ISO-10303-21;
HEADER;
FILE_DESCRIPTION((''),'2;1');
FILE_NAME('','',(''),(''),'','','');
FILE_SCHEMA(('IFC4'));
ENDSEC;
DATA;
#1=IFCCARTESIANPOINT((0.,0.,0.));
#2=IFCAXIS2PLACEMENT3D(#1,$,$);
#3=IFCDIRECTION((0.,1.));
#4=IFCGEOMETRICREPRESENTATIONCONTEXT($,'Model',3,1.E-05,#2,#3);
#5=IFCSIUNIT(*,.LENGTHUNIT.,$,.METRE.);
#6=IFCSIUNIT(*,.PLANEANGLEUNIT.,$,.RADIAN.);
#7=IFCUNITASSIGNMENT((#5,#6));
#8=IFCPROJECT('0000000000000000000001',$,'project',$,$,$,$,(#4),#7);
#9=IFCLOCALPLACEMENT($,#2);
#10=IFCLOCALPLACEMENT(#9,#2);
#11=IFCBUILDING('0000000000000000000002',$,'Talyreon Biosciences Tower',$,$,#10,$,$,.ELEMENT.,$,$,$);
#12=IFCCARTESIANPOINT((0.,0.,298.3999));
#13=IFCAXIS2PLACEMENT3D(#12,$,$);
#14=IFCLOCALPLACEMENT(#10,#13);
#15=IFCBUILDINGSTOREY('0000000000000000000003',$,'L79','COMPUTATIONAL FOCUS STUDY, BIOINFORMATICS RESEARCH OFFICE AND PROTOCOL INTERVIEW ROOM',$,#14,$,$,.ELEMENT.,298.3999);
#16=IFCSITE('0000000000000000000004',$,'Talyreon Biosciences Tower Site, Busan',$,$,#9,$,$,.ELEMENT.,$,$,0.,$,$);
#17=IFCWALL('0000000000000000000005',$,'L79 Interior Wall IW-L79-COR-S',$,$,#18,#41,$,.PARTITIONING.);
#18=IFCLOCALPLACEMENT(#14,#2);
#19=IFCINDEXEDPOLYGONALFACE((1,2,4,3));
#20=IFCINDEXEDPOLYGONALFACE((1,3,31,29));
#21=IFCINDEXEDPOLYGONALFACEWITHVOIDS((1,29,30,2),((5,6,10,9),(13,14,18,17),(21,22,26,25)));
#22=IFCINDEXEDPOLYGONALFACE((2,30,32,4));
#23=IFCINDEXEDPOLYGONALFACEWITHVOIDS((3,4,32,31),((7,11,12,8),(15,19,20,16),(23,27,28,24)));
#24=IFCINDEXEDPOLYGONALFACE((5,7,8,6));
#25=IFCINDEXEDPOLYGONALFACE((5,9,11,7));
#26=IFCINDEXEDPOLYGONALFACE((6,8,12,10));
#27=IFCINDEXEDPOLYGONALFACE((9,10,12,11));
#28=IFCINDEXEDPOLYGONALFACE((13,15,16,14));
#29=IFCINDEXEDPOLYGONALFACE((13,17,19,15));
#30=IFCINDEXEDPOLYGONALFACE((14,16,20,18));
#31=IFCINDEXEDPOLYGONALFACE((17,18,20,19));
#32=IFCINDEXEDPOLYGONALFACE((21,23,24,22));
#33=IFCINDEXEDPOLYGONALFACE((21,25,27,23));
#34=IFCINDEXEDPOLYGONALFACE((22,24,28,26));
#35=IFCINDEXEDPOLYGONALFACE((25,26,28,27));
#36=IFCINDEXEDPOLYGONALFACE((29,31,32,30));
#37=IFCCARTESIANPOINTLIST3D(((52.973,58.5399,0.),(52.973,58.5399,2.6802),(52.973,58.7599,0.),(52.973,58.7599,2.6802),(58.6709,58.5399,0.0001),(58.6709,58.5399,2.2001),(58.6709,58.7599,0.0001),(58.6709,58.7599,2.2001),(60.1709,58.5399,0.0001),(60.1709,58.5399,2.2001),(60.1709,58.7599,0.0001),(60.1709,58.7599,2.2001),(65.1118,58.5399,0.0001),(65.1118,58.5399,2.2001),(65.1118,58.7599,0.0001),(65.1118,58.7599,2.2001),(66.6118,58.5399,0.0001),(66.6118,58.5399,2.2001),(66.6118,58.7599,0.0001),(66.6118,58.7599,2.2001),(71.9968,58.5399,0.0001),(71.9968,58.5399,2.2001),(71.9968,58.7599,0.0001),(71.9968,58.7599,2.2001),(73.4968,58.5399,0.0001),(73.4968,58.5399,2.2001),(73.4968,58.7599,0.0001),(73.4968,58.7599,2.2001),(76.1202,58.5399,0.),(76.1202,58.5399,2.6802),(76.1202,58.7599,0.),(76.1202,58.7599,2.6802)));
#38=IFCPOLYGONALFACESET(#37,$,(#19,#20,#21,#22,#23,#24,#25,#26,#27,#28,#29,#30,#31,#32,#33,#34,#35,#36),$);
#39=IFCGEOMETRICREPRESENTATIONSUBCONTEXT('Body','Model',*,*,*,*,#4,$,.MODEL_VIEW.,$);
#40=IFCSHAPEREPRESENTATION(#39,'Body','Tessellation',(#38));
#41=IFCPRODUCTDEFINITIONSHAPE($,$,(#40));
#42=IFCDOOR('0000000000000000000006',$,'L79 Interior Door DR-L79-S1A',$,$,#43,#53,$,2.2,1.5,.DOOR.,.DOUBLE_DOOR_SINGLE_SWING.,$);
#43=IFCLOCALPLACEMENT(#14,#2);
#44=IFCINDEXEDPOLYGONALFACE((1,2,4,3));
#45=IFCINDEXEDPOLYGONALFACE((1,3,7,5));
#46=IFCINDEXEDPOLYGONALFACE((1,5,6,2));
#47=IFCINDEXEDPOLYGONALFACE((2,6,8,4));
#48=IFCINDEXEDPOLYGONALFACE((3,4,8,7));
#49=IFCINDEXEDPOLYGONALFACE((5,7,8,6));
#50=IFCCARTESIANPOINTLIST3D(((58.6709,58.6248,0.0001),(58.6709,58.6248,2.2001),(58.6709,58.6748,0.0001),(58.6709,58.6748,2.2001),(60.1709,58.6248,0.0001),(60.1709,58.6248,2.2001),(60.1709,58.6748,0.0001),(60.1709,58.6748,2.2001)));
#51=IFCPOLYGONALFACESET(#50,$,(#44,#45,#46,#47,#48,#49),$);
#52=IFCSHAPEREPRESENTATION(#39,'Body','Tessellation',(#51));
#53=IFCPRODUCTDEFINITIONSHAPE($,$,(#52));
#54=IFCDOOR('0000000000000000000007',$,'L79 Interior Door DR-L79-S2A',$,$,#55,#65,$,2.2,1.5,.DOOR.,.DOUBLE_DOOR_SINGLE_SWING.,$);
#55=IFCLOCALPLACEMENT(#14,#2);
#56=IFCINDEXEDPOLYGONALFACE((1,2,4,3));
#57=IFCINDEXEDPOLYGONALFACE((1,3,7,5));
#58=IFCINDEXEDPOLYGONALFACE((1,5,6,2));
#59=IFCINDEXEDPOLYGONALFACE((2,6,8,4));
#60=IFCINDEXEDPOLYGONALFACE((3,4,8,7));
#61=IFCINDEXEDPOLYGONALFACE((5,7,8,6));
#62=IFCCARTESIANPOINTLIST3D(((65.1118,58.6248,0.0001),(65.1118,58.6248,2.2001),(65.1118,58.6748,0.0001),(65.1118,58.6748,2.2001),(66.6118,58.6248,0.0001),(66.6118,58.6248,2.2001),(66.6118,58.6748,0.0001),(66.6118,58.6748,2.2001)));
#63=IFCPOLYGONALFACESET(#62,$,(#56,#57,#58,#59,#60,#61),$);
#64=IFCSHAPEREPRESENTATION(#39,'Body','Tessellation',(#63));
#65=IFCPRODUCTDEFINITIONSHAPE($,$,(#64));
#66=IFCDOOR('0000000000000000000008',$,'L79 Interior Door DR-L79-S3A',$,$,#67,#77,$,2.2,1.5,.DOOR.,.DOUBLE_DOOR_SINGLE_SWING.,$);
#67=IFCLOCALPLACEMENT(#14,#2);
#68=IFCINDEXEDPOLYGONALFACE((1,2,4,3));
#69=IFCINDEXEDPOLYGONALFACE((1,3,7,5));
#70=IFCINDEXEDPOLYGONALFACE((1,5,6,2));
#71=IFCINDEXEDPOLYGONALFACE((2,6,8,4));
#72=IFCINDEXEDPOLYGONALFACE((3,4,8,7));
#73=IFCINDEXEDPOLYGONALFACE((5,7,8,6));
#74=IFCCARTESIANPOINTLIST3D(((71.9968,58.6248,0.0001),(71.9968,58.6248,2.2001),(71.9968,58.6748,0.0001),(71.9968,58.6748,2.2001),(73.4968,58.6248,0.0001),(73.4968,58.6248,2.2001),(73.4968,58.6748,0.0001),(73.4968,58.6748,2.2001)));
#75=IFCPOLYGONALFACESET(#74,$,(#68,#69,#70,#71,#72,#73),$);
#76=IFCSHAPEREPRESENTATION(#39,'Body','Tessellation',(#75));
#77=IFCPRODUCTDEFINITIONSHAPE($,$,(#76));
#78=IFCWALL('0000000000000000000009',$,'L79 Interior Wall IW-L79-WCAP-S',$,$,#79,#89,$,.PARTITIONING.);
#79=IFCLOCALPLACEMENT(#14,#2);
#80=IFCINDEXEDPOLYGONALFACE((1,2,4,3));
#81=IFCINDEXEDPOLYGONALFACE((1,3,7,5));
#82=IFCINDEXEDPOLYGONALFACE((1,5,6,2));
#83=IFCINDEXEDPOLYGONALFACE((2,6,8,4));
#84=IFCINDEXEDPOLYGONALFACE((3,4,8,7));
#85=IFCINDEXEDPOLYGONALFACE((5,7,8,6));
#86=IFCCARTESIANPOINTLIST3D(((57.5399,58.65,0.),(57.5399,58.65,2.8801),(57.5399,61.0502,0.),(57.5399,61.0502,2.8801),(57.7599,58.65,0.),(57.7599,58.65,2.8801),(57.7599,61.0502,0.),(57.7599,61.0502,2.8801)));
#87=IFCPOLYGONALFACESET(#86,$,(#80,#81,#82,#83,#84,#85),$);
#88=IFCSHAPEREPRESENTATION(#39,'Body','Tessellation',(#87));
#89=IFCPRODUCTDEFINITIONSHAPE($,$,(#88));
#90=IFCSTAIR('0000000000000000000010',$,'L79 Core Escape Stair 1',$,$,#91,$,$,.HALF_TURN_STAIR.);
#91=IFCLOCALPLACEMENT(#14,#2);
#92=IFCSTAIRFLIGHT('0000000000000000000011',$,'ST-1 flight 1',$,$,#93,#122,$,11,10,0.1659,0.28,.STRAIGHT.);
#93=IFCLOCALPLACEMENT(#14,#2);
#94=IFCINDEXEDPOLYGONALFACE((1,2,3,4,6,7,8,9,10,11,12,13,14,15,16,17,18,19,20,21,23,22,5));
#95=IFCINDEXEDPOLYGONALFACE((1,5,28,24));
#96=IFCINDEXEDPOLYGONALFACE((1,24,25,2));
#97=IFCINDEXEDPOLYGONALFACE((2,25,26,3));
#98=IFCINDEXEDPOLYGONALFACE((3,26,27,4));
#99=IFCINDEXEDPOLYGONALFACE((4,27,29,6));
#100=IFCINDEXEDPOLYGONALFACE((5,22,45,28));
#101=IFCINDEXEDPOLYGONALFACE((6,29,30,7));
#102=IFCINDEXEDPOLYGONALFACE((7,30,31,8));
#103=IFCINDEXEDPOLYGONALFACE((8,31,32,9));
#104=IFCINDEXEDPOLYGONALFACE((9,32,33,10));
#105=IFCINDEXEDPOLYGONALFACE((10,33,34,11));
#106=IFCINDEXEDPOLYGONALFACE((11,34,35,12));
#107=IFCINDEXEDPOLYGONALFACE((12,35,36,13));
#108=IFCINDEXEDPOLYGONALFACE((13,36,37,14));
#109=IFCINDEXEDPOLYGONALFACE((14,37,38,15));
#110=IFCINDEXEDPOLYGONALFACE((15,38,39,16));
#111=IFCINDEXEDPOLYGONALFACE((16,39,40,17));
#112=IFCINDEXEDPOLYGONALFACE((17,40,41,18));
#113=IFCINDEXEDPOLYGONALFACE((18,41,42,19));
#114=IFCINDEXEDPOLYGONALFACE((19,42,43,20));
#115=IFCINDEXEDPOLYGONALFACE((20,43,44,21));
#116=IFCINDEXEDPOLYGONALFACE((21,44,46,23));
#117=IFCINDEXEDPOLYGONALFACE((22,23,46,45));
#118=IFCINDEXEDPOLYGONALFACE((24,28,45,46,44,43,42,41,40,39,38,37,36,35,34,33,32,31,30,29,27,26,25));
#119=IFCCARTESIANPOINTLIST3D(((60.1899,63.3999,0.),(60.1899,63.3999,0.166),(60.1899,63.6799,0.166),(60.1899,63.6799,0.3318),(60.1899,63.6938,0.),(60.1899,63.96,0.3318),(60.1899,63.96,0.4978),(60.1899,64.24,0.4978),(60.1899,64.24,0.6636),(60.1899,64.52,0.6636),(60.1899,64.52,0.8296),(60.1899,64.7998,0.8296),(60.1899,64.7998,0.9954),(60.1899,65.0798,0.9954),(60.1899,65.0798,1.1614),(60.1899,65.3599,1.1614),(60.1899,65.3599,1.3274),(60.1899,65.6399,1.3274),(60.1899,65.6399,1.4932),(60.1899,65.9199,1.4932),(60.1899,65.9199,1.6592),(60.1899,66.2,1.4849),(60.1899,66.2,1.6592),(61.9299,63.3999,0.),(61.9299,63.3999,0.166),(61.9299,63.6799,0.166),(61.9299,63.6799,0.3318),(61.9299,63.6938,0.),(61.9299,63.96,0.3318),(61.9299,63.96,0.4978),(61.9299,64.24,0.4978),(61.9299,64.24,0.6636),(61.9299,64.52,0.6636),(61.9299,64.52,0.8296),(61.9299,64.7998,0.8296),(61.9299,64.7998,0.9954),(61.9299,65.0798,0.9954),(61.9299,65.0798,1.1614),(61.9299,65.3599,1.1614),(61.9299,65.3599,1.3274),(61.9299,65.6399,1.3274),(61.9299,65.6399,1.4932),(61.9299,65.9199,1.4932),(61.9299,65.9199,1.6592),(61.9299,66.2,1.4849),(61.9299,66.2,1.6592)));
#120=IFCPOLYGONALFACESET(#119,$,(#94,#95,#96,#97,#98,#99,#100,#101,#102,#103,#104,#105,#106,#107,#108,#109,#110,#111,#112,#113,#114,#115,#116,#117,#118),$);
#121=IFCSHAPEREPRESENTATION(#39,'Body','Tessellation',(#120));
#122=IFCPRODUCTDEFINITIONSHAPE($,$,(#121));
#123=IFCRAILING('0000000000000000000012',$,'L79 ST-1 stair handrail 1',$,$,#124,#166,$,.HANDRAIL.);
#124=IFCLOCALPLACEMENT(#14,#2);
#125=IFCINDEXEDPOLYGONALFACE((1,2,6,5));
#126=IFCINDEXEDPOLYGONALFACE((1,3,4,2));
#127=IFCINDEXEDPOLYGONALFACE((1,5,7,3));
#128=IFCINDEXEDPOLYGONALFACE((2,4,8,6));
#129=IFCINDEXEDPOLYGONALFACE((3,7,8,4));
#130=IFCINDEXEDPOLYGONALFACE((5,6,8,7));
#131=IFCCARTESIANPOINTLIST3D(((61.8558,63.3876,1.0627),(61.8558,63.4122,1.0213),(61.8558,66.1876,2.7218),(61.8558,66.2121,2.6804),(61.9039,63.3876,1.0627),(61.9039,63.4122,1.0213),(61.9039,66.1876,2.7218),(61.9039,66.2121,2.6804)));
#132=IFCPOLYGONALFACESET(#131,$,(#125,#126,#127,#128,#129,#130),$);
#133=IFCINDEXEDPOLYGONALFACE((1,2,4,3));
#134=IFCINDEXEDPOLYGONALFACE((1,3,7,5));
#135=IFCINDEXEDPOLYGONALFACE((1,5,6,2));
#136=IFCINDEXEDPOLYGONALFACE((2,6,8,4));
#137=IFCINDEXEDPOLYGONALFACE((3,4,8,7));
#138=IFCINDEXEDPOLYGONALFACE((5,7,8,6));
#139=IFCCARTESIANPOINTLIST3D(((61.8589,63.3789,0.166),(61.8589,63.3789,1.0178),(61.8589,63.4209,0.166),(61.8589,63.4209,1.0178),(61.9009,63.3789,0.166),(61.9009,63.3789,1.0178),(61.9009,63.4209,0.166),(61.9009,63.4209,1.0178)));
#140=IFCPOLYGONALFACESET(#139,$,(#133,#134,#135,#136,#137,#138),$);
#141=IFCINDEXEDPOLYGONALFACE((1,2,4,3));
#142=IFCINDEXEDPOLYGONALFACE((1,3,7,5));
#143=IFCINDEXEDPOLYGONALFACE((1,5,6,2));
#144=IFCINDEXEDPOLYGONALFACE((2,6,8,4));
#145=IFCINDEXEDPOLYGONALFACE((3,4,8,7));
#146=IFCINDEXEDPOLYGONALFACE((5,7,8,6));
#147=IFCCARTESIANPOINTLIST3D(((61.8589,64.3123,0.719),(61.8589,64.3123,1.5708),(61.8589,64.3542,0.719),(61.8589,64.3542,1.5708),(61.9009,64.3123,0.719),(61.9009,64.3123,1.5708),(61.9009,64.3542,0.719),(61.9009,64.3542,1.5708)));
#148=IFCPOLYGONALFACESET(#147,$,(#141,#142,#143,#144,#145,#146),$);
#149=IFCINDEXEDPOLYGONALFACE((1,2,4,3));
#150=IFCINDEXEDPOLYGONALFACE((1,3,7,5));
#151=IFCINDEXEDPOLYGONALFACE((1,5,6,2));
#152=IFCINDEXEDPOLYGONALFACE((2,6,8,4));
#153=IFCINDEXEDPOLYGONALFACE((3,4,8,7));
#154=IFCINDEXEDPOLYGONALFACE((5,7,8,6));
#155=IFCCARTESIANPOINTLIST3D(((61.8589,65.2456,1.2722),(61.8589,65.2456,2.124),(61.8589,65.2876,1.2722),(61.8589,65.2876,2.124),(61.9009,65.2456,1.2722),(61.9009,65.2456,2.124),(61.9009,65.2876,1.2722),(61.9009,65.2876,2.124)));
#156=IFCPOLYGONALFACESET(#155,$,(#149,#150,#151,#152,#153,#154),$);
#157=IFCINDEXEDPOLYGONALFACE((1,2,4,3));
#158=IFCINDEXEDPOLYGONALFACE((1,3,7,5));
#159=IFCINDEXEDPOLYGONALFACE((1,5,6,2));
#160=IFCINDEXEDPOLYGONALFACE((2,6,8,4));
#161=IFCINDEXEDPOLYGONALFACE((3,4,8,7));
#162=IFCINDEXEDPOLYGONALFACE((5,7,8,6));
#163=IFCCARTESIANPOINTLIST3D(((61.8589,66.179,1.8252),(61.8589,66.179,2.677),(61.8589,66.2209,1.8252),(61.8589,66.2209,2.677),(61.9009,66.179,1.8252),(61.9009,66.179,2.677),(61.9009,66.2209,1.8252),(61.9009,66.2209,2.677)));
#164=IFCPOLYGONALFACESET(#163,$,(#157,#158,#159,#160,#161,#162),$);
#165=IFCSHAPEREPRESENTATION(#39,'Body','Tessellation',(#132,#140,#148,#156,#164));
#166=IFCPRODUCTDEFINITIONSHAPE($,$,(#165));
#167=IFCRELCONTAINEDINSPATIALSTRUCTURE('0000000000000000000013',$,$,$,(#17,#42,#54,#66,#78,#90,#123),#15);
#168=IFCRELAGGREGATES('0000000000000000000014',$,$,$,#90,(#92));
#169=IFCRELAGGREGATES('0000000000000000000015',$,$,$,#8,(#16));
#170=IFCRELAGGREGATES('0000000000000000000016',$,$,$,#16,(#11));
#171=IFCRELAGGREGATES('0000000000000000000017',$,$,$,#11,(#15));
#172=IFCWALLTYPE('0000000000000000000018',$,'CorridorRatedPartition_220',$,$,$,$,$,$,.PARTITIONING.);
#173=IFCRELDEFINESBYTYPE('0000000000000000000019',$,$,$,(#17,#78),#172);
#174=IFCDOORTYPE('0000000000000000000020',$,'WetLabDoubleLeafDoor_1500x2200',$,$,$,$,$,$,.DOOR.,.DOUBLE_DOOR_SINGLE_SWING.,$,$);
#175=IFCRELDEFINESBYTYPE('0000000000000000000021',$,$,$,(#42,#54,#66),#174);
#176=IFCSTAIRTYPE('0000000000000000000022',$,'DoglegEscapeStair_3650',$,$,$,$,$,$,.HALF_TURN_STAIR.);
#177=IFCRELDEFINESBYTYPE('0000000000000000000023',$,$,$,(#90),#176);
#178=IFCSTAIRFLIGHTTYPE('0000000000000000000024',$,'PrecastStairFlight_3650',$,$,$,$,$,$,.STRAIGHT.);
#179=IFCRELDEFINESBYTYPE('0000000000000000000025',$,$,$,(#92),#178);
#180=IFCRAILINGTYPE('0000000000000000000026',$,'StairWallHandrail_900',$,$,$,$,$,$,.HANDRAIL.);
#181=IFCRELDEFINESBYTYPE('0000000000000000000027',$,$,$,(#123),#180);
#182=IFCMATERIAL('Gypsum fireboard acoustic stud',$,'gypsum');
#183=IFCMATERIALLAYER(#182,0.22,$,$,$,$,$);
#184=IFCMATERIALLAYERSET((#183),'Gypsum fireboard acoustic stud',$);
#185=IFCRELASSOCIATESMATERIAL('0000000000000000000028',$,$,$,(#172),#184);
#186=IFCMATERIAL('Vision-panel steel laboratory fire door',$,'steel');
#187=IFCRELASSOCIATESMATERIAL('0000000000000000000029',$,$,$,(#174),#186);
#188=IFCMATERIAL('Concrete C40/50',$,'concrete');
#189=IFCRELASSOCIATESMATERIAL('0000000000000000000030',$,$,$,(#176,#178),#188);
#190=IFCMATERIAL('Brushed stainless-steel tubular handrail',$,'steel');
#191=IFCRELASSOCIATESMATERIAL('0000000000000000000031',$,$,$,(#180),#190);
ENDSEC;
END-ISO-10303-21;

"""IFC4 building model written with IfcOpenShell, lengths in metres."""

from ifc_helpers import new_model, si_unit, direction, frame, frame_2d, origin, origin_2d, place, context, subcontext, project, spatial, polyline, rectangle, outline, extrude, material, layer, layer_set, type_object, element, fill, aggregate, save


model = new_model("IFC4")

# Units and contexts
model_context = context("Model", 3, precision=1e-05, world=origin(), true_north=direction((0.0, 1.0)))
body_context = subcontext(model_context, "Body", "Model", "MODEL_VIEW")
ifc_project = project(units=[si_unit("LENGTHUNIT", "METRE"), si_unit("PLANEANGLEUNIT", "RADIAN")], contexts=[model_context])

# Site, building, storey
site_placement = place(None, origin())
site = spatial("IfcSite", under=ifc_project, at=site_placement, Name="Talyreon Biosciences Tower Site, Busan", CompositionType="ELEMENT", RefElevation=0.0)
building_placement = place(site_placement, origin())
building = spatial("IfcBuilding", under=site, at=building_placement, Name="Talyreon Biosciences Tower", CompositionType="ELEMENT")
storey_placement = place(building_placement, frame((0.0, 0.0, 298.3999)))
storey = spatial("IfcBuildingStorey", under=building, at=storey_placement, Name="L79", Description="COMPUTATIONAL FOCUS STUDY, BIOINFORMATICS RESEARCH OFFICE AND PROTOCOL INTERVIEW ROOM", CompositionType="ELEMENT", Elevation=298.3999)

# Wall, openings, doors
ifc_material_1 = material(Name="Gypsum fireboard acoustic stud", Category="gypsum")
ifc_layer_1 = layer(ifc_material_1, 0.22)
ifc_layer_set_1 = layer_set([ifc_layer_1], Name="Gypsum fireboard acoustic stud")
wall_type_1 = type_object("IfcWallType", Name="CorridorRatedPartition_220", PredefinedType="PARTITIONING", material=ifc_layer_set_1)
wall_1_placement = place(storey_placement, frame((52.9729, 58.6499, 0.0), z_axis=(0.0, 0.0, 1.0), x_axis=(1.0, 0.0, 0.0)))
wall_1 = element("IfcWall", 1, at=wall_1_placement, inside=storey, type_object=wall_type_1, Name="L79 Interior Wall IW-L79-COR-S", PredefinedType="PARTITIONING", context=body_context, shape_type="SweptSolid", body=[
    extrude(rectangle(XDim=23.1472, YDim=0.22, at=frame_2d((11.5737, 0.0))), origin(), (0.0, 0.0, 1.0), 2.6802),
])
opening_1_placement = place(wall_1_placement, frame((5.698, 0.0, 0.0)))
opening_1 = element("IfcOpeningElement", 2, at=opening_1_placement, cuts=wall_1, PredefinedType="OPENING", context=body_context, shape_type="SweptSolid", body=[
    extrude(rectangle(XDim=1.5, YDim=2.2, at=frame_2d((0.75, 1.1001))), frame((0.0, 0.1199, 0.0), z_axis=(0.0, -1.0, 0.0), x_axis=(1.0, 0.0, 0.0)), (0.0, 0.0, 1.0), 0.24),
])
opening_2_placement = place(wall_1_placement, frame((12.1389, 0.0, 0.0)))
opening_2 = element("IfcOpeningElement", 3, at=opening_2_placement, cuts=wall_1, PredefinedType="OPENING", context=body_context, shape_type="SweptSolid", body=[
    extrude(rectangle(XDim=1.5, YDim=2.2, at=frame_2d((0.75, 1.1001))), frame((0.0, 0.1199, 0.0), z_axis=(0.0, -1.0, 0.0), x_axis=(1.0, 0.0, 0.0)), (0.0, 0.0, 1.0), 0.24),
])
opening_3_placement = place(wall_1_placement, frame((19.0239, 0.0, 0.0)))
opening_3 = element("IfcOpeningElement", 4, at=opening_3_placement, cuts=wall_1, PredefinedType="OPENING", context=body_context, shape_type="SweptSolid", body=[
    extrude(rectangle(XDim=1.5, YDim=2.2, at=frame_2d((0.75, 1.1001))), frame((0.0, 0.1199, 0.0), z_axis=(0.0, -1.0, 0.0), x_axis=(1.0, 0.0, 0.0)), (0.0, 0.0, 1.0), 0.24),
])
ifc_material_2 = material(Name="Vision-panel steel laboratory fire door", Category="steel")
door_type_1 = type_object("IfcDoorType", Name="WetLabDoubleLeafDoor_1500x2200", OperationType="DOUBLE_DOOR_SINGLE_SWING", PredefinedType="DOOR", material=ifc_material_2)
door_1_placement = place(opening_1_placement, origin())
door_1 = element("IfcDoor", 5, at=door_1_placement, inside=storey, type_object=door_type_1, Name="L79 Interior Door DR-L79-S1A", OperationType="DOUBLE_DOOR_SINGLE_SWING", OverallHeight=2.2, OverallWidth=1.5, PredefinedType="DOOR", context=body_context, shape_type="SweptSolid", body=[
    extrude(rectangle(XDim=1.5, YDim=2.2, at=frame_2d((0.75, 1.1001))), frame((0.0, 0.0249, 0.0), z_axis=(0.0, -1.0, 0.0), x_axis=(1.0, 0.0, 0.0)), (0.0, 0.0, 1.0), 0.05),
])
fill(opening_1, door_1)
door_2_placement = place(opening_2_placement, origin())
door_2 = element("IfcDoor", 6, at=door_2_placement, inside=storey, type_object=door_type_1, Name="L79 Interior Door DR-L79-S2A", OperationType="DOUBLE_DOOR_SINGLE_SWING", OverallHeight=2.2, OverallWidth=1.5, PredefinedType="DOOR", context=body_context, shape_type="SweptSolid", body=[
    extrude(rectangle(XDim=1.5, YDim=2.2, at=frame_2d((0.75, 1.1001))), frame((0.0, 0.0249, 0.0), z_axis=(0.0, -1.0, 0.0), x_axis=(1.0, 0.0, 0.0)), (0.0, 0.0, 1.0), 0.05),
])
fill(opening_2, door_2)
door_3_placement = place(opening_3_placement, origin())
door_3 = element("IfcDoor", 7, at=door_3_placement, inside=storey, type_object=door_type_1, Name="L79 Interior Door DR-L79-S3A", OperationType="DOUBLE_DOOR_SINGLE_SWING", OverallHeight=2.2, OverallWidth=1.5, PredefinedType="DOOR", context=body_context, shape_type="SweptSolid", body=[
    extrude(rectangle(XDim=1.5, YDim=2.2, at=frame_2d((0.75, 1.1001))), frame((0.0, 0.0249, 0.0), z_axis=(0.0, -1.0, 0.0), x_axis=(1.0, 0.0, 0.0)), (0.0, 0.0, 1.0), 0.05),
])
fill(opening_3, door_3)

# Wall
wall_2_placement = place(storey_placement, frame((57.6499, 58.6499, 0.0), z_axis=(0.0, 0.0, 1.0), x_axis=(0.0, 1.0, 0.0)))
element("IfcWall", 8, at=wall_2_placement, inside=storey, type_object=wall_type_1, Name="L79 Interior Wall IW-L79-WCAP-S", PredefinedType="PARTITIONING", context=body_context, shape_type="SweptSolid", body=[
    extrude(rectangle(XDim=2.4001, YDim=0.22, at=frame_2d((1.2002, 0.0))), origin(), (0.0, 0.0, 1.0), 2.8801),
])

# Stair, stair flight
ifc_material_3 = material(Name="Concrete C40/50", Category="concrete")
stair_type = type_object("IfcStairType", Name="DoglegEscapeStair_3650", PredefinedType="HALF_TURN_STAIR", material=ifc_material_3)
stair_placement = place(storey_placement, origin())
stair = element("IfcStair", 9, at=stair_placement, inside=storey, type_object=stair_type, Name="L79 Core Escape Stair 1", PredefinedType="HALF_TURN_STAIR")
stair_flight_type = type_object("IfcStairFlightType", Name="PrecastStairFlight_3650", PredefinedType="STRAIGHT", material=ifc_material_3)
stair_flight_placement = place(storey_placement, frame((61.0601, 63.3999, 0.0), z_axis=(0.0, 0.0, 1.0), x_axis=(0.0, 1.0, 0.0)))
stair_flight = element("IfcStairFlight", 10, at=stair_flight_placement, type_object=stair_flight_type, Name="ST-1 flight 1", NumberOfRisers=11, NumberOfTreads=10, PredefinedType="STRAIGHT", RiserHeight=0.1659, TreadLength=0.28, context=body_context, shape_type="SweptSolid", body=[
    extrude(outline(polyline([(0.0, 0.0), (0.0, 0.166), (0.28, 0.166), (0.28, 0.3318), (0.5601, 0.3318), (0.5601, 0.4978), (0.8401, 0.4978), (0.8401, 0.6636), (1.1201, 0.6636), (1.1201, 0.8296), (1.3999, 0.8296), (1.3999, 0.9954), (1.6799, 0.9954), (1.6799, 1.1614), (1.96, 1.1614), (1.96, 1.3274), (2.24, 1.3274), (2.24, 1.4932), (2.52, 1.4932), (2.52, 1.6592), (2.8, 1.6592), (2.8, 1.825), (2.8, 1.4849), (0.2939, 0.0), (0.0, 0.0)])), frame((0.0, 0.8701, 0.0), z_axis=(0.0, -1.0, 0.0), x_axis=(1.0, 0.0, 0.0)), (0.0, 0.0, 1.0), 1.74),
])
aggregate(stair, [stair_flight])

# Railing
ifc_material_4 = material(Name="Brushed stainless-steel tubular handrail", Category="steel")
railing_type_1 = type_object("IfcRailingType", Name="StairWallHandrail_900", PredefinedType="HANDRAIL", material=ifc_material_4)
railing_1_placement = place(storey_placement, frame((61.8799, 63.3999, 0.166)))
element("IfcRailing", 11, at=railing_1_placement, inside=storey, type_object=railing_type_1, Name="L79 ST-1 stair handrail 1", PredefinedType="HANDRAIL", context=body_context, shape_type="SweptSolid", body=[
    extrude(rectangle(XDim=0.0481, YDim=0.0481, at=origin_2d()), frame((0.0, 0.0, 0.876), z_axis=(0.0, 0.860306, 0.509778), x_axis=(-1.0, 0.0, 0.0)), (0.0, 0.0, 1.0), 3.2546),
    extrude(rectangle(XDim=0.042, YDim=0.042, at=origin_2d()), origin(), (0.0, 0.0, 1.0), 0.8518),
    extrude(rectangle(XDim=0.042, YDim=0.042, at=origin_2d()), frame((0.0, 0.9333, 0.553)), (0.0, 0.0, 1.0), 0.8518),
    extrude(rectangle(XDim=0.042, YDim=0.042, at=origin_2d()), frame((0.0, 1.8667, 1.1062)), (0.0, 0.0, 1.0), 0.8518),
    extrude(rectangle(XDim=0.042, YDim=0.042, at=origin_2d()), frame((0.0, 2.8, 1.6592)), (0.0, 0.0, 1.0), 0.8518),
])

save(model, "model.ifc")
